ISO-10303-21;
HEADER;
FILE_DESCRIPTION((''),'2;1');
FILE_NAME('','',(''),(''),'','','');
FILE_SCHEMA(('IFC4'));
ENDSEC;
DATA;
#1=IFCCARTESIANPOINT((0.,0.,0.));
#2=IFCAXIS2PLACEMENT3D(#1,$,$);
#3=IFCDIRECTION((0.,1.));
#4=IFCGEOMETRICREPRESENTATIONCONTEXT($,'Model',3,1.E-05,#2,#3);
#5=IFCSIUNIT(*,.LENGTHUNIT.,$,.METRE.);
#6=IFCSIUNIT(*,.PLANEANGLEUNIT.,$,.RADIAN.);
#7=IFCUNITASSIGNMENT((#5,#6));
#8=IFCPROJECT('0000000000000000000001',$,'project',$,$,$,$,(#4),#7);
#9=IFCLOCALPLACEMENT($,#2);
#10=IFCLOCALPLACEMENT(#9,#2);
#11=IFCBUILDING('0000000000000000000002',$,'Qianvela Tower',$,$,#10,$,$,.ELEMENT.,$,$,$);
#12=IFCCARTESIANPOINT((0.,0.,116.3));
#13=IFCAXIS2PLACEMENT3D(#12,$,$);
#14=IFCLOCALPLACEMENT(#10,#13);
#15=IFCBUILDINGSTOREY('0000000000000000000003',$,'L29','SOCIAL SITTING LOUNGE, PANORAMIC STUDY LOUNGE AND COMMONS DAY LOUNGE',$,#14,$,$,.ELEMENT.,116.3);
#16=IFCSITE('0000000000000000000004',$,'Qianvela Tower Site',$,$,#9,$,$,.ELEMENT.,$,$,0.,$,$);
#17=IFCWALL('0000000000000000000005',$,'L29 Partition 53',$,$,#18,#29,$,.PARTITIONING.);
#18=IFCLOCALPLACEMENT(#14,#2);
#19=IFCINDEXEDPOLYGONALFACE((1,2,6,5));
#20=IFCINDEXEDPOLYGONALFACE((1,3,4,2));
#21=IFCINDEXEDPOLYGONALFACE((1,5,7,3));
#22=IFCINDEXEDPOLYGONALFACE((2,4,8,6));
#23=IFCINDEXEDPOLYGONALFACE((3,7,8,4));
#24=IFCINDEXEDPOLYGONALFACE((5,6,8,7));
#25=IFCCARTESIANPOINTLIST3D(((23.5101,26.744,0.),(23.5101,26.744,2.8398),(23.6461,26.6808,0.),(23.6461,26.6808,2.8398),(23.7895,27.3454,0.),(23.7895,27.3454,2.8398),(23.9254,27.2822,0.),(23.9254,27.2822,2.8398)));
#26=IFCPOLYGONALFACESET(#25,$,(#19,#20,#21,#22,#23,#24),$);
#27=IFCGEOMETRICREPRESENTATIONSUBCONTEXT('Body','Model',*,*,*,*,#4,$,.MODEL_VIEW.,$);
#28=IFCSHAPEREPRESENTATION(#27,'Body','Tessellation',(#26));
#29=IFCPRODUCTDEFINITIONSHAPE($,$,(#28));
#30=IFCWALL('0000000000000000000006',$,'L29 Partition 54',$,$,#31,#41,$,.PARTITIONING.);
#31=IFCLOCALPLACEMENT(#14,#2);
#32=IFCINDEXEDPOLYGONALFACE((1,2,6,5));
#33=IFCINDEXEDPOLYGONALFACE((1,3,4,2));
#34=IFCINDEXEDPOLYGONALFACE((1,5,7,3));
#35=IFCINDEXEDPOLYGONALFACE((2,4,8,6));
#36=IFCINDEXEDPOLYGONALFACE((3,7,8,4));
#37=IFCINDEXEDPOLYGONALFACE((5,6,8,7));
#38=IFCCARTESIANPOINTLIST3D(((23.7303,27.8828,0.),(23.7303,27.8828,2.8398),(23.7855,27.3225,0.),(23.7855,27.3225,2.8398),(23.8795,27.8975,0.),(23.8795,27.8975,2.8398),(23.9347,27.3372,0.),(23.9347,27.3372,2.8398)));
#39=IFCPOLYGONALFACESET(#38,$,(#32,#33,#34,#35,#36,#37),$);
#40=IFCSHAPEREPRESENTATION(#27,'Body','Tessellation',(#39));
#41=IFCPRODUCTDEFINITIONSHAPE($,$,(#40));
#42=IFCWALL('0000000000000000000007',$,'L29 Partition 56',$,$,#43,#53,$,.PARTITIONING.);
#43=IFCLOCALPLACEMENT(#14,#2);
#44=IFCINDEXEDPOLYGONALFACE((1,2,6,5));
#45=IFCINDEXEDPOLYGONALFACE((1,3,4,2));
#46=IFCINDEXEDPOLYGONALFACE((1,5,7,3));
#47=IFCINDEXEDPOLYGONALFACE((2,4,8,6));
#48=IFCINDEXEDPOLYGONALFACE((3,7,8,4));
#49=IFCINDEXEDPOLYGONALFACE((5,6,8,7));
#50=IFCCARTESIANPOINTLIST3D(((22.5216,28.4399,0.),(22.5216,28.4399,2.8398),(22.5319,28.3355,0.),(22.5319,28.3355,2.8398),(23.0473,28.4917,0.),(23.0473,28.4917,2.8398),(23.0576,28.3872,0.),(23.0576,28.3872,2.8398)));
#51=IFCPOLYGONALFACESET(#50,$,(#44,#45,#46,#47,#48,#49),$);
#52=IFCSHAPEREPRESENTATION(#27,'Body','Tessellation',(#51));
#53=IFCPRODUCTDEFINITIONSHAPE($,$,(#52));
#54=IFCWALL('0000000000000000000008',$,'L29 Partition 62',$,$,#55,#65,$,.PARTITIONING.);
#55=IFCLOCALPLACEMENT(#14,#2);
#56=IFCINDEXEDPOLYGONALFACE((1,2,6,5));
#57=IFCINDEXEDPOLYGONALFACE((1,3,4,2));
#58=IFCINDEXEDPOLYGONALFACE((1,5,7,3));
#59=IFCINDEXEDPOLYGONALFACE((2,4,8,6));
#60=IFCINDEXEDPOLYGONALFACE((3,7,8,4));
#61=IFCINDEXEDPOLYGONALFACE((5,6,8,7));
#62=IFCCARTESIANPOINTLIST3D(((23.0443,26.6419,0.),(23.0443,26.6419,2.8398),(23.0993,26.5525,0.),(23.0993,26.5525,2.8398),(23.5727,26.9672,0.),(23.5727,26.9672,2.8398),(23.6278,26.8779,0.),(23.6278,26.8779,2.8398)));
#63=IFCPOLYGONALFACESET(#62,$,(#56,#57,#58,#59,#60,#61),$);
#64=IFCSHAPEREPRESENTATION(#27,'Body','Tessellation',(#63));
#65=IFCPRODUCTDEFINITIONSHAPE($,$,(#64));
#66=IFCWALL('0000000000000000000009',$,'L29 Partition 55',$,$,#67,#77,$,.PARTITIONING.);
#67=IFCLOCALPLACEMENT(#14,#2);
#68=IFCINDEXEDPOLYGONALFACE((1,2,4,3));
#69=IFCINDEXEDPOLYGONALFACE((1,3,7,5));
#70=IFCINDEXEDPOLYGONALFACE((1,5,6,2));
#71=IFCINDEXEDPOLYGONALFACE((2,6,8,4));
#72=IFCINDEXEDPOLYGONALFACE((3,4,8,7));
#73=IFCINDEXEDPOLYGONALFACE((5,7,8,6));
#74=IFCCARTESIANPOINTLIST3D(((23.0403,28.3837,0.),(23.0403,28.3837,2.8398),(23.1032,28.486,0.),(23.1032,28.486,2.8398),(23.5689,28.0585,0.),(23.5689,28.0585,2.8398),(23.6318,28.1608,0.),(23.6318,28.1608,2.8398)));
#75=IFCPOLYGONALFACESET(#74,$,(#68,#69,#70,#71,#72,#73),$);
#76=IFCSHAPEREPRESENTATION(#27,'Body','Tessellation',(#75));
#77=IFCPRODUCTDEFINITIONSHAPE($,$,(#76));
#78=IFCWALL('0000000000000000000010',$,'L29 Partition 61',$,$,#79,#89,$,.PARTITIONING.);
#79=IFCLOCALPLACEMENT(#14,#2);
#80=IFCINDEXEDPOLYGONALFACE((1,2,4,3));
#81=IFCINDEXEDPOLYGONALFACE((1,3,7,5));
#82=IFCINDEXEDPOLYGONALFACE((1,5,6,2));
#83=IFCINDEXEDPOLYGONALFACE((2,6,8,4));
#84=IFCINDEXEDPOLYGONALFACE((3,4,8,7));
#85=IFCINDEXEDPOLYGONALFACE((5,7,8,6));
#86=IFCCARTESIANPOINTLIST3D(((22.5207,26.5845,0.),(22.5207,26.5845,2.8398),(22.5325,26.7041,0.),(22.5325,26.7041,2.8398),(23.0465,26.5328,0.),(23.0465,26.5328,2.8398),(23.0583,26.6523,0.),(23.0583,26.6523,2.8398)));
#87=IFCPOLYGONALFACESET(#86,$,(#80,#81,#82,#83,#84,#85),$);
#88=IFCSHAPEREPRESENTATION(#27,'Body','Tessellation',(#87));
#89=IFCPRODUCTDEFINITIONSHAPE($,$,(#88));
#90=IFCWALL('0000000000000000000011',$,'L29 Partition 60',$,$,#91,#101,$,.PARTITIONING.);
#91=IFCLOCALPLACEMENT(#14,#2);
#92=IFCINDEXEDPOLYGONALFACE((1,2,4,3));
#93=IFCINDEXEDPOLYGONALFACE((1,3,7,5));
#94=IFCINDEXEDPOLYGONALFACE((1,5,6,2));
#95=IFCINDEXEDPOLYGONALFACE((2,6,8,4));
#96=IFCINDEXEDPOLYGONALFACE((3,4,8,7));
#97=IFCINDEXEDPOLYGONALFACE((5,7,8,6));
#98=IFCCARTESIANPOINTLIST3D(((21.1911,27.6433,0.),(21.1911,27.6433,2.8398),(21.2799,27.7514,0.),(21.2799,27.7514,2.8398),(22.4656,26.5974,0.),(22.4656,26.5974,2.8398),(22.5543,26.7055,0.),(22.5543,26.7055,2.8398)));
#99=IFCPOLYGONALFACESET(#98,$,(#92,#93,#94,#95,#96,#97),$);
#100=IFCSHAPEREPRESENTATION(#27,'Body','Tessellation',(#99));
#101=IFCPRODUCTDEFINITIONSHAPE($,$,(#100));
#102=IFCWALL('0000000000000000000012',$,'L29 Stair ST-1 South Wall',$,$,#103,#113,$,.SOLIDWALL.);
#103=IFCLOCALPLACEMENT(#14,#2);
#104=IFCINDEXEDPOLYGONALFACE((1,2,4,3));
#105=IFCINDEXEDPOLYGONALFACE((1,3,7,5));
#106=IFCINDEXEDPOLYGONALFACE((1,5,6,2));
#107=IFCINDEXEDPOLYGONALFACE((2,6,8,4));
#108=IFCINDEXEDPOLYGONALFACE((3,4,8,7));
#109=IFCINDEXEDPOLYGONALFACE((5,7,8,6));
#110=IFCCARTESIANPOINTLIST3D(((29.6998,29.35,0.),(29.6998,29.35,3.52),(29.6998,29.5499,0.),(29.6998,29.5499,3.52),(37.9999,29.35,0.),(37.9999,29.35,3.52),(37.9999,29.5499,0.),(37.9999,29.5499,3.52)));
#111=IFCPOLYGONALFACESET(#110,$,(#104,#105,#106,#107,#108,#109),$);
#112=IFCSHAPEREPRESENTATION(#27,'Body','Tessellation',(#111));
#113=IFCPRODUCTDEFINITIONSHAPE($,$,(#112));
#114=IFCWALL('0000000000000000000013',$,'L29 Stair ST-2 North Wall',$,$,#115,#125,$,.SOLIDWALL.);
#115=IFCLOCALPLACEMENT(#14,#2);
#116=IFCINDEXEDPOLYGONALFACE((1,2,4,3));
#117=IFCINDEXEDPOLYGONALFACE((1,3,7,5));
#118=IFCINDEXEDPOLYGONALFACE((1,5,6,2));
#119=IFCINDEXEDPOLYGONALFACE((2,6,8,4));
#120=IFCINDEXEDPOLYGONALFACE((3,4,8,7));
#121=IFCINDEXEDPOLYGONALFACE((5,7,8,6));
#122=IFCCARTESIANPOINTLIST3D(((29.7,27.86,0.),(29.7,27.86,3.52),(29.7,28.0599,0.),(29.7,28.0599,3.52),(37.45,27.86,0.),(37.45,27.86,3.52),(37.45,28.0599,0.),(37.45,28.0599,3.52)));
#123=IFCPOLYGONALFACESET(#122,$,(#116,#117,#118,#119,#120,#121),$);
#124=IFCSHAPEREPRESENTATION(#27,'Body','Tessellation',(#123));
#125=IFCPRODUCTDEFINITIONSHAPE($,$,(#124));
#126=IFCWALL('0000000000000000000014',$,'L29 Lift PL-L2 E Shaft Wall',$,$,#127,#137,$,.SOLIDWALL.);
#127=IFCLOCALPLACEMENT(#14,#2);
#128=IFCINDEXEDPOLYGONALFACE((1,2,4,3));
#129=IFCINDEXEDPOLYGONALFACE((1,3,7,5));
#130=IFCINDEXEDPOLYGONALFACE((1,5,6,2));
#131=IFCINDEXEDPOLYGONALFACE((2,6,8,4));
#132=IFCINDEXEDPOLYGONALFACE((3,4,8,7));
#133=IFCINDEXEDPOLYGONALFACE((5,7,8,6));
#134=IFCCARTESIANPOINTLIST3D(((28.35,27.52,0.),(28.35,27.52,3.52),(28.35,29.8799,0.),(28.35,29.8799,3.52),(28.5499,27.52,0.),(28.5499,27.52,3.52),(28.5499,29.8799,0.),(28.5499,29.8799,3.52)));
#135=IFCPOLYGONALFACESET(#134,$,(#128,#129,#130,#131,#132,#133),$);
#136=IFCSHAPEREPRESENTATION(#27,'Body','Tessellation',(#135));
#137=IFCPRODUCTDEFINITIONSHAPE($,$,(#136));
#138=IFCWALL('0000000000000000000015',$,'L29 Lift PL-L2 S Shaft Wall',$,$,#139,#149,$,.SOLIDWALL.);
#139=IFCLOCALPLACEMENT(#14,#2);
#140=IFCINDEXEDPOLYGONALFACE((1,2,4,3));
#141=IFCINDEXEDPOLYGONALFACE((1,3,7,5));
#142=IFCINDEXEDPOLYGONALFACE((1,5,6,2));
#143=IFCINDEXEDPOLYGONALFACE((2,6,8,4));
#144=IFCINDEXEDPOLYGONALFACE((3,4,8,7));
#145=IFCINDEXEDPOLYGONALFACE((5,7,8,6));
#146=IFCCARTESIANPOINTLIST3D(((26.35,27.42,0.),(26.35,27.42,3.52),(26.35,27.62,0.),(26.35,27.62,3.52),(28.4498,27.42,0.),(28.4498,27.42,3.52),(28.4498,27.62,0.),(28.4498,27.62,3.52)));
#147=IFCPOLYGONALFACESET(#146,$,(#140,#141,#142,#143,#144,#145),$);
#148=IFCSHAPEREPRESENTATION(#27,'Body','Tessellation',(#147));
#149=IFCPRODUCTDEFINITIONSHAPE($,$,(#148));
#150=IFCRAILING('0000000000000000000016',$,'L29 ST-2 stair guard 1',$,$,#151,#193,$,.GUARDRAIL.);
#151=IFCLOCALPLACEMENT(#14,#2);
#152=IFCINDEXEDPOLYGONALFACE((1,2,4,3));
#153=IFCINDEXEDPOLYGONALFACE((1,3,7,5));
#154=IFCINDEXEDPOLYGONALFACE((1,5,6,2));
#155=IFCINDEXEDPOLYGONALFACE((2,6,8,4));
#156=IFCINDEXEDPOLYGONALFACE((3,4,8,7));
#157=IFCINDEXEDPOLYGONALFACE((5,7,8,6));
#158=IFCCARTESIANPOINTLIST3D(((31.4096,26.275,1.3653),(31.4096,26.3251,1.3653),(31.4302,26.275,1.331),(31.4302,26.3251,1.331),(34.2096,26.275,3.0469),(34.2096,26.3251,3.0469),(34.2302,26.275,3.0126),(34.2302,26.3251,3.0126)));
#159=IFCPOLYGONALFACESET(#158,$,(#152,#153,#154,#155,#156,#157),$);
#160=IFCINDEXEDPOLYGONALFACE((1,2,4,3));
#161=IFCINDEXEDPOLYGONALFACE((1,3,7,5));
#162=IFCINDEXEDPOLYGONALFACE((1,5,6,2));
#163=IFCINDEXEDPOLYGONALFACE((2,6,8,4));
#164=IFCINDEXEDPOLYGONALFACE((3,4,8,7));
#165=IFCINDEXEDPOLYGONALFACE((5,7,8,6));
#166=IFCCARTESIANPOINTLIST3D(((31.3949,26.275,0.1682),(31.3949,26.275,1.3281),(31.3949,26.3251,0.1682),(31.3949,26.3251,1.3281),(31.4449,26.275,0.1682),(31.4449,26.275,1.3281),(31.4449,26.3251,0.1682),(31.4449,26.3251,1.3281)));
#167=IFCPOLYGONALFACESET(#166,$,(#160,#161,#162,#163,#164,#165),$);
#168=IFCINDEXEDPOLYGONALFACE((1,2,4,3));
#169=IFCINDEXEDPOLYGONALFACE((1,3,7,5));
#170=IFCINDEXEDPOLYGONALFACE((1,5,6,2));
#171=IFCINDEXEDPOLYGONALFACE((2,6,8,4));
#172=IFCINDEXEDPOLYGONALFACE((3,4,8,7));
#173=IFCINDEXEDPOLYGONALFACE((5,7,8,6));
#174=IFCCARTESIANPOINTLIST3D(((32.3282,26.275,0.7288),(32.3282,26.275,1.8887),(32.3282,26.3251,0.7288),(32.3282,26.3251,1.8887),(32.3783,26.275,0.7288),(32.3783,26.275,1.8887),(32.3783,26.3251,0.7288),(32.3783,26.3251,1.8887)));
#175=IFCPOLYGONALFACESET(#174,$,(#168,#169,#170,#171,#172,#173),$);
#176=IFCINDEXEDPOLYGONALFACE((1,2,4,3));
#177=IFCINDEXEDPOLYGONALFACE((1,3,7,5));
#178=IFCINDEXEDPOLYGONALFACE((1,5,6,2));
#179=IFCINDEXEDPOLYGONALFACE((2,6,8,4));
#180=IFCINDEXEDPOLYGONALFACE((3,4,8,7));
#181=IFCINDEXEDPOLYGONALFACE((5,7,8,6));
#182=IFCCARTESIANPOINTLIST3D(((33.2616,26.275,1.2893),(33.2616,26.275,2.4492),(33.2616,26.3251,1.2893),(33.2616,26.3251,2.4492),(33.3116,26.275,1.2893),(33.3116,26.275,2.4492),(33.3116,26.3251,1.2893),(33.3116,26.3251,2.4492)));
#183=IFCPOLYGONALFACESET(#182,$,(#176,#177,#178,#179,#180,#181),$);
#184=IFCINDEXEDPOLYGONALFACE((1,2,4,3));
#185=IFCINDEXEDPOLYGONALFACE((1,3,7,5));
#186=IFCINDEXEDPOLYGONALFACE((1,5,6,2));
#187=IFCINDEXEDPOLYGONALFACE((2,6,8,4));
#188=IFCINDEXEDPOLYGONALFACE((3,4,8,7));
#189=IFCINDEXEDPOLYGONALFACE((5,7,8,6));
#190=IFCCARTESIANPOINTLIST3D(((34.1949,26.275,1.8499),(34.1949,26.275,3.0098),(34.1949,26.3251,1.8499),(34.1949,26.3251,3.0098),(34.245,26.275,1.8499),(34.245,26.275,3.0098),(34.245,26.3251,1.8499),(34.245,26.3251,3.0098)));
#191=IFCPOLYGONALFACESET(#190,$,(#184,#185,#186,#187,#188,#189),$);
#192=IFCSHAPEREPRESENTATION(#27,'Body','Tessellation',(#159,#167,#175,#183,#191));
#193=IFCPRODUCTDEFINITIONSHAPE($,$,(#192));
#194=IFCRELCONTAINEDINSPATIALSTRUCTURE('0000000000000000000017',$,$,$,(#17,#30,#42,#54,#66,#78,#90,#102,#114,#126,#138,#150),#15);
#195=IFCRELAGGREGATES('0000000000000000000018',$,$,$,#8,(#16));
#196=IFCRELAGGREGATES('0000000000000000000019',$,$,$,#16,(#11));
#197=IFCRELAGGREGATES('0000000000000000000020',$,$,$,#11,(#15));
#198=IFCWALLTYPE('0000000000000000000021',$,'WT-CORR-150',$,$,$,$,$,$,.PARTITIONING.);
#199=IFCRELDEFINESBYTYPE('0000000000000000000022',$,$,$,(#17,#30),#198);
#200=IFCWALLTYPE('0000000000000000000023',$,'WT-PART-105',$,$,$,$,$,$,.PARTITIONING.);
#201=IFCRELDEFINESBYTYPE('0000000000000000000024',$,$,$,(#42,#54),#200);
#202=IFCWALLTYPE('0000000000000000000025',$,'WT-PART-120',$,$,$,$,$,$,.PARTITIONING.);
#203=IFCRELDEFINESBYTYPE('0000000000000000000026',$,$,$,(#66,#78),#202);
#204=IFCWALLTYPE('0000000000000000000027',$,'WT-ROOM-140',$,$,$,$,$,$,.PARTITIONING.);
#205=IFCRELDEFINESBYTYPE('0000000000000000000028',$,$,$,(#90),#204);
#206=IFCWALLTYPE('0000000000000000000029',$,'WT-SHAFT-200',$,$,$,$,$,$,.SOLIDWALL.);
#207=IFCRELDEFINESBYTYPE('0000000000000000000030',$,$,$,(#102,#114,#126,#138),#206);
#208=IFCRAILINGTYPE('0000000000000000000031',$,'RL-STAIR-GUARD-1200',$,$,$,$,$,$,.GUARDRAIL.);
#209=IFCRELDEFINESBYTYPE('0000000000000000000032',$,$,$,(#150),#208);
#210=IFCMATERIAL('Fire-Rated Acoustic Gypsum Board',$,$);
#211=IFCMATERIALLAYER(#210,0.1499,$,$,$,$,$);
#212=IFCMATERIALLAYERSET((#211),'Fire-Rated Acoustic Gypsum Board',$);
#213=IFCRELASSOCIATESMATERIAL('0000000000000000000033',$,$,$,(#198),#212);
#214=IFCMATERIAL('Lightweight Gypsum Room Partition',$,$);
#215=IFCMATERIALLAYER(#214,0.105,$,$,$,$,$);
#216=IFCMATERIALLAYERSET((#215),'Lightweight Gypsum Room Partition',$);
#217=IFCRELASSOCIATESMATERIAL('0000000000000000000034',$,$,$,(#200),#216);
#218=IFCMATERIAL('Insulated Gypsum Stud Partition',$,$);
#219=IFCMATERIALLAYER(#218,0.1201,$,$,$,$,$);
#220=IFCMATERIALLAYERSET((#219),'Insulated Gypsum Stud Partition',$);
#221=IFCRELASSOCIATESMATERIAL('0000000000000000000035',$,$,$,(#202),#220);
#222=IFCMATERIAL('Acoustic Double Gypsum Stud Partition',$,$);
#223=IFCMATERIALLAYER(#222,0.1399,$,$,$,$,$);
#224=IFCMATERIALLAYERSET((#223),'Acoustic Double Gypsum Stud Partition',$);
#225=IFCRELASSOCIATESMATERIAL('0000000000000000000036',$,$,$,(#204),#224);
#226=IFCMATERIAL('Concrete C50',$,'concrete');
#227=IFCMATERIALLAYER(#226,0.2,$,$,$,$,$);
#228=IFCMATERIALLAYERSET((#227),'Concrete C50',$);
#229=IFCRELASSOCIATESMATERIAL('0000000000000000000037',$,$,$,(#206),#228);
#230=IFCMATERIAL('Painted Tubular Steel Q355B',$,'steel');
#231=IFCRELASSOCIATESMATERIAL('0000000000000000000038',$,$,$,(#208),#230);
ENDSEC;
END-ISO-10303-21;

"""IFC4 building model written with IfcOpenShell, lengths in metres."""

from ifc_helpers import new_model, si_unit, direction, frame, frame_2d, origin, origin_2d, place, context, subcontext, project, spatial, rectangle, extrude, material, layer, layer_set, type_object, element, save


model = new_model("IFC4")

# Units and contexts
model_context = context("Model", 3, precision=1e-05, world=origin(), true_north=direction((0.0, 1.0)))
body_context = subcontext(model_context, "Body", "Model", "MODEL_VIEW")
ifc_project = project(units=[si_unit("LENGTHUNIT", "METRE"), si_unit("PLANEANGLEUNIT", "RADIAN")], contexts=[model_context])

# Site, building, storey
site_placement = place(None, origin())
site = spatial("IfcSite", under=ifc_project, at=site_placement, Name="Qianvela Tower Site", CompositionType="ELEMENT", RefElevation=0.0)
building_placement = place(site_placement, origin())
building = spatial("IfcBuilding", under=site, at=building_placement, Name="Qianvela Tower", CompositionType="ELEMENT")
storey_placement = place(building_placement, frame((0.0, 0.0, 116.3)))
storey = spatial("IfcBuildingStorey", under=building, at=storey_placement, Name="L29", Description="SOCIAL SITTING LOUNGE, PANORAMIC STUDY LOUNGE AND COMMONS DAY LOUNGE", CompositionType="ELEMENT", Elevation=116.3)

# Walls
ifc_material_1 = material(Name="Fire-Rated Acoustic Gypsum Board")
ifc_layer_1 = layer(ifc_material_1, 0.1499)
ifc_layer_set_1 = layer_set([ifc_layer_1], Name="Fire-Rated Acoustic Gypsum Board")
wall_type_1 = type_object("IfcWallType", Name="WT-CORR-150", PredefinedType="PARTITIONING", material=ifc_layer_set_1)
wall_1_placement = place(storey_placement, frame((23.5781, 26.7124, 0.0), z_axis=(0.0, 0.0, 1.0), x_axis=(0.421252, 0.906944, 0.0)))
element("IfcWall", 1, at=wall_1_placement, inside=storey, type_object=wall_type_1, Name="L29 Partition 53", PredefinedType="PARTITIONING", context=body_context, shape_type="SweptSolid", body=[
    extrude(rectangle(XDim=0.6631, YDim=0.1499, at=frame_2d((0.3315, 0.0))), origin(), (0.0, 0.0, 1.0), 2.8398),
])
wall_2_placement = place(storey_placement, frame((23.8601, 27.3298, 0.0), z_axis=(0.0, 0.0, 1.0), x_axis=(-0.098001, 0.995186, 0.0)))
element("IfcWall", 2, at=wall_2_placement, inside=storey, type_object=wall_type_1, Name="L29 Partition 54", PredefinedType="PARTITIONING", context=body_context, shape_type="SweptSolid", body=[
    extrude(rectangle(XDim=0.563, YDim=0.1499, at=frame_2d((0.2815, 0.0))), origin(), (0.0, 0.0, 1.0), 2.8398),
])
ifc_material_2 = material(Name="Lightweight Gypsum Room Partition")
ifc_layer_2 = layer(ifc_material_2, 0.105)
ifc_layer_set_2 = layer_set([ifc_layer_2], Name="Lightweight Gypsum Room Partition")
wall_type_2 = type_object("IfcWallType", Name="WT-PART-105", PredefinedType="PARTITIONING", material=ifc_layer_set_2)
wall_3_placement = place(storey_placement, frame((23.0525, 28.4395, 0.0), z_axis=(0.0, 0.0, 1.0), x_axis=(-0.995192, -0.097948, 0.0)))
element("IfcWall", 3, at=wall_3_placement, inside=storey, type_object=wall_type_2, Name="L29 Partition 56", PredefinedType="PARTITIONING", context=body_context, shape_type="SweptSolid", body=[
    extrude(rectangle(XDim=0.5283, YDim=0.105, at=frame_2d((0.2642, 0.0))), origin(), (0.0, 0.0, 1.0), 2.8398),
])
wall_4_placement = place(storey_placement, frame((23.0718, 26.5972, 0.0), z_axis=(0.0, 0.0, 1.0), x_axis=(0.851537, 0.524295, 0.0)))
element("IfcWall", 4, at=wall_4_placement, inside=storey, type_object=wall_type_2, Name="L29 Partition 62", PredefinedType="PARTITIONING", context=body_context, shape_type="SweptSolid", body=[
    extrude(rectangle(XDim=0.6206, YDim=0.105, at=frame_2d((0.3103, 0.0))), origin(), (0.0, 0.0, 1.0), 2.8398),
])
ifc_material_3 = material(Name="Insulated Gypsum Stud Partition")
ifc_layer_3 = layer(ifc_material_3, 0.1201)
ifc_layer_set_3 = layer_set([ifc_layer_3], Name="Insulated Gypsum Stud Partition")
wall_type_3 = type_object("IfcWallType", Name="WT-PART-120", PredefinedType="PARTITIONING", material=ifc_layer_set_3)
wall_5_placement = place(storey_placement, frame((23.6003, 28.1096, 0.0), z_axis=(0.0, 0.0, 1.0), x_axis=(-0.851712, 0.52401, 0.0)))
element("IfcWall", 5, at=wall_5_placement, inside=storey, type_object=wall_type_3, Name="L29 Partition 55", PredefinedType="PARTITIONING", context=body_context, shape_type="SweptSolid", body=[
    extrude(rectangle(XDim=0.6206, YDim=0.1201, at=frame_2d((0.3103, 0.0))), origin(), (0.0, 0.0, 1.0), 2.8398),
])
wall_6_placement = place(storey_placement, frame((22.5266, 26.6443, 0.0), z_axis=(0.0, 0.0, 1.0), x_axis=(0.995192, -0.097948, 0.0)))
element("IfcWall", 6, at=wall_6_placement, inside=storey, type_object=wall_type_3, Name="L29 Partition 61", PredefinedType="PARTITIONING", context=body_context, shape_type="SweptSolid", body=[
    extrude(rectangle(XDim=0.5283, YDim=0.1201, at=frame_2d((0.2642, 0.0))), origin(), (0.0, 0.0, 1.0), 2.8398),
])
ifc_material_4 = material(Name="Acoustic Double Gypsum Stud Partition")
ifc_layer_4 = layer(ifc_material_4, 0.1399)
ifc_layer_set_4 = layer_set([ifc_layer_4], Name="Acoustic Double Gypsum Stud Partition")
wall_type_4 = type_object("IfcWallType", Name="WT-ROOM-140", PredefinedType="PARTITIONING", material=ifc_layer_set_4)
wall_7_placement = place(storey_placement, frame((21.2356, 27.6973, 0.0), z_axis=(0.0, 0.0, 1.0), x_axis=(0.773006, -0.634398, 0.0)))
element("IfcWall", 7, at=wall_7_placement, inside=storey, type_object=wall_type_4, Name="L29 Partition 60", PredefinedType="PARTITIONING", context=body_context, shape_type="SweptSolid", body=[
    extrude(rectangle(XDim=1.6487, YDim=0.1399, at=frame_2d((0.8242, 0.0))), origin(), (0.0, 0.0, 1.0), 2.8398),
])
ifc_material_5 = material(Name="Concrete C50", Category="concrete")
ifc_layer_5 = layer(ifc_material_5, 0.2)
ifc_layer_set_5 = layer_set([ifc_layer_5], Name="Concrete C50")
wall_type_5 = type_object("IfcWallType", Name="WT-SHAFT-200", PredefinedType="SOLIDWALL", material=ifc_layer_set_5)
wall_8_placement = place(storey_placement, frame((29.7, 29.45, 0.0), z_axis=(0.0, 0.0, 1.0), x_axis=(1.0, 0.0, 0.0)))
element("IfcWall", 8, at=wall_8_placement, inside=storey, type_object=wall_type_5, Name="L29 Stair ST-1 South Wall", PredefinedType="SOLIDWALL", context=body_context, shape_type="SweptSolid", body=[
    extrude(rectangle(XDim=8.3, YDim=0.2, at=frame_2d((4.1499, 0.0))), origin(), (0.0, 0.0, 1.0), 3.52),
])
wall_9_placement = place(storey_placement, frame((29.7, 27.96, 0.0), z_axis=(0.0, 0.0, 1.0), x_axis=(1.0, 0.0, 0.0)))
element("IfcWall", 9, at=wall_9_placement, inside=storey, type_object=wall_type_5, Name="L29 Stair ST-2 North Wall", PredefinedType="SOLIDWALL", context=body_context, shape_type="SweptSolid", body=[
    extrude(rectangle(XDim=7.75, YDim=0.2, at=frame_2d((3.875, 0.0))), origin(), (0.0, 0.0, 1.0), 3.52),
])

# Wall
wall_10_placement = place(storey_placement, frame((28.45, 27.52, 0.0), z_axis=(0.0, 0.0, 1.0), x_axis=(0.0, 1.0, 0.0)))
element("IfcWall", 10, at=wall_10_placement, inside=storey, type_object=wall_type_5, Name="L29 Lift PL-L2 E Shaft Wall", PredefinedType="SOLIDWALL", context=body_context, shape_type="SweptSolid", body=[
    extrude(rectangle(XDim=2.3599, YDim=0.2, at=frame_2d((1.1799, 0.0))), origin(), (0.0, 0.0, 1.0), 3.52),
])

# Wall
wall_11_placement = place(storey_placement, frame((26.3501, 27.52, 0.0), z_axis=(0.0, 0.0, 1.0), x_axis=(1.0, 0.0, 0.0)))
element("IfcWall", 11, at=wall_11_placement, inside=storey, type_object=wall_type_5, Name="L29 Lift PL-L2 S Shaft Wall", PredefinedType="SOLIDWALL", context=body_context, shape_type="SweptSolid", body=[
    extrude(rectangle(XDim=2.0999, YDim=0.2, at=frame_2d((1.0498, 0.0))), origin(), (0.0, 0.0, 1.0), 3.52),
])

# Railing
ifc_material_6 = material(Name="Painted Tubular Steel Q355B", Category="steel")
railing_type_1 = type_object("IfcRailingType", Name="RL-STAIR-GUARD-1200", PredefinedType="GUARDRAIL", material=ifc_material_6)
railing_1_placement = place(storey_placement, frame((31.4199, 26.3, 0.1682)))
element("IfcRailing", 12, at=railing_1_placement, inside=storey, type_object=railing_type_1, Name="L29 ST-2 stair guard 1", PredefinedType="GUARDRAIL", context=body_context, shape_type="SweptSolid", body=[
    extrude(rectangle(XDim=0.05, YDim=0.04, at=origin_2d()), frame((0.0, 0.0, 1.1799), z_axis=(0.857275, 0.0, 0.514858), x_axis=(0.0, 1.0, 0.0)), (0.0, 0.0, 1.0), 3.2661),
    extrude(rectangle(XDim=0.05, YDim=0.05, at=origin_2d()), origin(), (0.0, 0.0, 1.0), 1.1599),
    extrude(rectangle(XDim=0.05, YDim=0.05, at=origin_2d()), frame((0.9333, 0.0, 0.5605)), (0.0, 0.0, 1.0), 1.1599),
    extrude(rectangle(XDim=0.05, YDim=0.05, at=origin_2d()), frame((1.8667, 0.0, 1.1211)), (0.0, 0.0, 1.0), 1.1599),
    extrude(rectangle(XDim=0.05, YDim=0.05, at=origin_2d()), frame((2.8, 0.0, 1.6816)), (0.0, 0.0, 1.0), 1.1599),
])

save(model, "model.ifc")
